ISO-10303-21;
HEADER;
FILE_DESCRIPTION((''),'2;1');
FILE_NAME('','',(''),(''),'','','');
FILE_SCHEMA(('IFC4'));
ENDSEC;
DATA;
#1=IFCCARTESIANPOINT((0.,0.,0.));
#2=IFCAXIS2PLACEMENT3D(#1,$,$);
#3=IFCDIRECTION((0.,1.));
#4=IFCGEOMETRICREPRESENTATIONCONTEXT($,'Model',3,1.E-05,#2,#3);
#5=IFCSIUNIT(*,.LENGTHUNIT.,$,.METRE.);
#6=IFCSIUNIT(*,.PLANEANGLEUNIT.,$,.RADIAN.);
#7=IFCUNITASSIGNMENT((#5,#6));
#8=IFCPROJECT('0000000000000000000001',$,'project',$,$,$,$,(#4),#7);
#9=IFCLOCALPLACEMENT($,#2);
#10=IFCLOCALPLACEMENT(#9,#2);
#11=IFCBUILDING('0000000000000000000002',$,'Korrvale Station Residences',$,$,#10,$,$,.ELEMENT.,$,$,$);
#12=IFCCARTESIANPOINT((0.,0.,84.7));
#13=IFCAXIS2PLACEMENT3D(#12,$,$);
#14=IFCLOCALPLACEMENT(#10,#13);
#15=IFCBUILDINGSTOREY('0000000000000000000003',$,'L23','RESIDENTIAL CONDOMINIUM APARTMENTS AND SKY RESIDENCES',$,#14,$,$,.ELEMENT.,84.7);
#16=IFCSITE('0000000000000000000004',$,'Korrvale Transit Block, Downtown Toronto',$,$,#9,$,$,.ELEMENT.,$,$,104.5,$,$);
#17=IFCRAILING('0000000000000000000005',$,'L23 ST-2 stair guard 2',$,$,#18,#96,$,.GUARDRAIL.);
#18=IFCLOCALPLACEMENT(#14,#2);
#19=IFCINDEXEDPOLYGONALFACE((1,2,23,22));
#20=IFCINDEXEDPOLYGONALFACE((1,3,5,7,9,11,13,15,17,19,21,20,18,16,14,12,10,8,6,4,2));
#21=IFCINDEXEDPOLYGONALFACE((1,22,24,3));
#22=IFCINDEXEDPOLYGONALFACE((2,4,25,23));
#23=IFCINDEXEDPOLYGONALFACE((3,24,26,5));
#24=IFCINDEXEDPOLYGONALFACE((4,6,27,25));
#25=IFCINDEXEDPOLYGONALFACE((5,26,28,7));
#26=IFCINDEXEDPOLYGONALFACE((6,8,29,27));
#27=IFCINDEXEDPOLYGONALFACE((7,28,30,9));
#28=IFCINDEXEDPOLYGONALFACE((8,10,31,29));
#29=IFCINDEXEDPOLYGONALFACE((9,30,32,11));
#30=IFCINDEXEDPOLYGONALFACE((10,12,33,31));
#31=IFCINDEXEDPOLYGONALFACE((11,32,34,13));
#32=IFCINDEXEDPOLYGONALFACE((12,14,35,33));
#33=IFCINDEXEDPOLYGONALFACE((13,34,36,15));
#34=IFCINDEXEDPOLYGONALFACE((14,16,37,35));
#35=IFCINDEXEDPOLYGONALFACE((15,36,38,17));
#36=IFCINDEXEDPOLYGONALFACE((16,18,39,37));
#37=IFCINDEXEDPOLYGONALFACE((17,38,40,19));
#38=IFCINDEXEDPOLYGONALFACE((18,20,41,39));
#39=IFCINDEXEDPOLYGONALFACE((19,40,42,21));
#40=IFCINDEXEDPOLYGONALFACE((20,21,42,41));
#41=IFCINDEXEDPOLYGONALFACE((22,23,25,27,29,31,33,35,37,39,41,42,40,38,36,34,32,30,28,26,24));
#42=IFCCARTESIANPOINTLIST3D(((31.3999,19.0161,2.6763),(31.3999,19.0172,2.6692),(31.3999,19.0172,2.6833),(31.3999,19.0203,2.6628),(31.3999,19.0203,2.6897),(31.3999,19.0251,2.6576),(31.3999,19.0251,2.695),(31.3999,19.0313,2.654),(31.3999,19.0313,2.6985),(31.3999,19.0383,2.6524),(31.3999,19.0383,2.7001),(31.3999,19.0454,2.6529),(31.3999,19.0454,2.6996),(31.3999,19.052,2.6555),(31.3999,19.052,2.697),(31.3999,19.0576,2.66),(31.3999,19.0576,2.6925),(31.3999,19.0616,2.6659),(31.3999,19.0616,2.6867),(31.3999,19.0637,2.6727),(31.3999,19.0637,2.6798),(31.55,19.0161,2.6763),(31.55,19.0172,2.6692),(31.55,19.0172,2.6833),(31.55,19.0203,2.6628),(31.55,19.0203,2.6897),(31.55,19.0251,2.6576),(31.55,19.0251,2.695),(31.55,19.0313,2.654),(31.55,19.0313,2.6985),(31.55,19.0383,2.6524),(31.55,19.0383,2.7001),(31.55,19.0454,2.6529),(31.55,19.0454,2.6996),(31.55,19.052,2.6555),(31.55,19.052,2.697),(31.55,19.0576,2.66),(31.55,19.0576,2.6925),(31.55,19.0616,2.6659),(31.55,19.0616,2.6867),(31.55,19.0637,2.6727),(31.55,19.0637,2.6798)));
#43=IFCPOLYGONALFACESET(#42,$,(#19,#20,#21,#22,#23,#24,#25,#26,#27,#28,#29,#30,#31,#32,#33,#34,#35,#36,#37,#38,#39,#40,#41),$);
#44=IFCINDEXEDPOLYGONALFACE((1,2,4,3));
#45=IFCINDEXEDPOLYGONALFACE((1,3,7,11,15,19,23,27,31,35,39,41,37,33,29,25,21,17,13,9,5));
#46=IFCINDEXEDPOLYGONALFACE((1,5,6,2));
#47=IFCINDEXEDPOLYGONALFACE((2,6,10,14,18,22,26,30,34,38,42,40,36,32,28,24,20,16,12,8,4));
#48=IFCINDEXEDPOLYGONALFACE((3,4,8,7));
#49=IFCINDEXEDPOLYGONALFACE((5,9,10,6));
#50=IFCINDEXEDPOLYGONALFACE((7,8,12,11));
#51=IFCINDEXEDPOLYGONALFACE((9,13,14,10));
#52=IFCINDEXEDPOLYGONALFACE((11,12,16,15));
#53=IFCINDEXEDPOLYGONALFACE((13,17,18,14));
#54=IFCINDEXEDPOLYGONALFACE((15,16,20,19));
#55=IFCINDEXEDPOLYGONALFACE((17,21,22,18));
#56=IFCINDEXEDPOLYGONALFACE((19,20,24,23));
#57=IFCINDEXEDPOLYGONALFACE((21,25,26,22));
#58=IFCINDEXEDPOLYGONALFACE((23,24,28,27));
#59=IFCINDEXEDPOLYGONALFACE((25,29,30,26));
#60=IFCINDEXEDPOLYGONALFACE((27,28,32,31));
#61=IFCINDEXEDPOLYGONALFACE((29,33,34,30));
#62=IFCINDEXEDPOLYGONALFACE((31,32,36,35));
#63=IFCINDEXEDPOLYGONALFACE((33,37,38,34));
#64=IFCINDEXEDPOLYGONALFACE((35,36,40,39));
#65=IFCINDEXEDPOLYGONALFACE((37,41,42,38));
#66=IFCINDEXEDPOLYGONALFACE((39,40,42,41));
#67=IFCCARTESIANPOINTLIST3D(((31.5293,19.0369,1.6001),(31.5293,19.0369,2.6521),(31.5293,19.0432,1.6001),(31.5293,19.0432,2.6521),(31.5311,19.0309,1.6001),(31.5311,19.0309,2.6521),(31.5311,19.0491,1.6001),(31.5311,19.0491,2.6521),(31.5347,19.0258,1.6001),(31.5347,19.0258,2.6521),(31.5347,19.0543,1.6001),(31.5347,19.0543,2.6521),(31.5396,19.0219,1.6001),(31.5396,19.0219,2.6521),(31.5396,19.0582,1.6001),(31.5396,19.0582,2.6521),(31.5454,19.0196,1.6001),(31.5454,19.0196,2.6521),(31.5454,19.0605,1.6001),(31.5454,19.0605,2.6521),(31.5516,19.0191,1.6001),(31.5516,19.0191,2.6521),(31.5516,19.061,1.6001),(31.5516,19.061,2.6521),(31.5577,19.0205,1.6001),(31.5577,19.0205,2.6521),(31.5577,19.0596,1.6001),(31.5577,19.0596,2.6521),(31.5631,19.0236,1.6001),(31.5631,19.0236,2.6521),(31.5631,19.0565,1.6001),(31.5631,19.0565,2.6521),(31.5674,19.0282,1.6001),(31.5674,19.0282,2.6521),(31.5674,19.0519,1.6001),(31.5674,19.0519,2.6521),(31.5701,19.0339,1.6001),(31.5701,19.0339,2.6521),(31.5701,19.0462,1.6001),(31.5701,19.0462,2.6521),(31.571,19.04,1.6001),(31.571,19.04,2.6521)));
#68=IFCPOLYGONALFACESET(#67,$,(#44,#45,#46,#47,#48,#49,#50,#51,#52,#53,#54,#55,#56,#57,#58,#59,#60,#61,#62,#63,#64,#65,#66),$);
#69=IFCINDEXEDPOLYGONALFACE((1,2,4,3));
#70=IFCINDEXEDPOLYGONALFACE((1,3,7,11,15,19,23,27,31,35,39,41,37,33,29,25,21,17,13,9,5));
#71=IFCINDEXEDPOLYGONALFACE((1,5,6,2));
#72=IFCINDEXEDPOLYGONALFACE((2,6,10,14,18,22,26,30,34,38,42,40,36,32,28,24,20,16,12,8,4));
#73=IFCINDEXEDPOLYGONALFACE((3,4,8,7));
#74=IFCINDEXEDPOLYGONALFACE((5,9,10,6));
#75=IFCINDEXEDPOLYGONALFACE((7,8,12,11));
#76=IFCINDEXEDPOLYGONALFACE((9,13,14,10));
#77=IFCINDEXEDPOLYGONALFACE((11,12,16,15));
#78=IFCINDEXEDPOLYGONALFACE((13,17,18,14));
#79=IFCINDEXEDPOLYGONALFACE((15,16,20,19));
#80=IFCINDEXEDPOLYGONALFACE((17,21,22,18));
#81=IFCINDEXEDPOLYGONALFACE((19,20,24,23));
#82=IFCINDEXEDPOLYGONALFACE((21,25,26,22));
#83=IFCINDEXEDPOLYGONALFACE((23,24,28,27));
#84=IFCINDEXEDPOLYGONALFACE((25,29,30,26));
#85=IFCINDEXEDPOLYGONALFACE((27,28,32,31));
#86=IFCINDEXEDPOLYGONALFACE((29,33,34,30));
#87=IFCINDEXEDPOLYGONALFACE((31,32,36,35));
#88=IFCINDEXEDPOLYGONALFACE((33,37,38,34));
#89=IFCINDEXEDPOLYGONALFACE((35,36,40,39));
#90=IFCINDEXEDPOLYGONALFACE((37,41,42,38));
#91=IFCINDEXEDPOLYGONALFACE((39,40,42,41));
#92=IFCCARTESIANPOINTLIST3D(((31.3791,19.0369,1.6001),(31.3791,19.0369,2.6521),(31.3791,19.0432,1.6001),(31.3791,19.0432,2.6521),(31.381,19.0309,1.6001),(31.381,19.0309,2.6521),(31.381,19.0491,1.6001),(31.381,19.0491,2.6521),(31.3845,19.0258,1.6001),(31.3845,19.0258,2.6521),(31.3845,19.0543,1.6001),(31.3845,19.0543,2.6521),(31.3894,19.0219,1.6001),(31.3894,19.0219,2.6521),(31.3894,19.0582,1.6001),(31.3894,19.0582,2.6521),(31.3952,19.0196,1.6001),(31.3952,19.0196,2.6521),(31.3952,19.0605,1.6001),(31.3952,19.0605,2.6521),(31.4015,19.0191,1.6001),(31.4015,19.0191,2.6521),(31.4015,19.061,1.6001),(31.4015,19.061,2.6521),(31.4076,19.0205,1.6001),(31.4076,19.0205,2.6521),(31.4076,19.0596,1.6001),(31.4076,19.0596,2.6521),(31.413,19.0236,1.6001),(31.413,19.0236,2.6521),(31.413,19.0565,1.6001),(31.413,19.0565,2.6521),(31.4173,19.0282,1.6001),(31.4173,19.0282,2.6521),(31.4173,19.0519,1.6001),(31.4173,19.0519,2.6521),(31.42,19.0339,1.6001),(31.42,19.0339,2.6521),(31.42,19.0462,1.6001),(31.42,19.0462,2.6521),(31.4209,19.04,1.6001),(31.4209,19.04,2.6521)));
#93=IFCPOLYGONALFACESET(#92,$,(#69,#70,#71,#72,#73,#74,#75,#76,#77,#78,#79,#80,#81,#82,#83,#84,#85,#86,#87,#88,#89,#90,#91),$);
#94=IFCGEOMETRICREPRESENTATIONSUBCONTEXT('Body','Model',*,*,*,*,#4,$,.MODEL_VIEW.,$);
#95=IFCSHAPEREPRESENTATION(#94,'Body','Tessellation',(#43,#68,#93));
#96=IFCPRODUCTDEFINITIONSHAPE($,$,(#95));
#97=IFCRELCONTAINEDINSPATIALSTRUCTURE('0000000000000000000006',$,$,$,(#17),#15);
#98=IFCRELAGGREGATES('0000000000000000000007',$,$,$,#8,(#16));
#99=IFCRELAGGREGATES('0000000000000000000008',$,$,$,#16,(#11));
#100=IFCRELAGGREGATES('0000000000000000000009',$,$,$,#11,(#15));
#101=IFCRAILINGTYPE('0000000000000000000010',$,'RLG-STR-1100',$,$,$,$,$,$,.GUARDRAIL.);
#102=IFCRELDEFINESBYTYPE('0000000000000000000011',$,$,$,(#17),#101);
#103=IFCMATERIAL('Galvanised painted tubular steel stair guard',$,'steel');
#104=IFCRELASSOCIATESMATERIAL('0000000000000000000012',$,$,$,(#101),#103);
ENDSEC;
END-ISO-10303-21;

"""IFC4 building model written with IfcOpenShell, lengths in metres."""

from ifc_helpers import new_model, si_unit, direction, frame, origin, origin_2d, place, context, subcontext, project, spatial, circle, extrude, material, type_object, element, save


model = new_model("IFC4")

# Units and contexts
model_context = context("Model", 3, precision=1e-05, world=origin(), true_north=direction((0.0, 1.0)))
body_context = subcontext(model_context, "Body", "Model", "MODEL_VIEW")
ifc_project = project(units=[si_unit("LENGTHUNIT", "METRE"), si_unit("PLANEANGLEUNIT", "RADIAN")], contexts=[model_context])

# Site, building, storey
site_placement = place(None, origin())
site = spatial("IfcSite", under=ifc_project, at=site_placement, Name="Korrvale Transit Block, Downtown Toronto", CompositionType="ELEMENT", RefElevation=104.5)
building_placement = place(site_placement, origin())
building = spatial("IfcBuilding", under=site, at=building_placement, Name="Korrvale Station Residences", CompositionType="ELEMENT")
storey_placement = place(building_placement, frame((0.0, 0.0, 84.7)))
storey = spatial("IfcBuildingStorey", under=building, at=storey_placement, Name="L23", Description="RESIDENTIAL CONDOMINIUM APARTMENTS AND SKY RESIDENCES", CompositionType="ELEMENT", Elevation=84.7)

# Railing
ifc_material_1 = material(Name="Galvanised painted tubular steel stair guard", Category="steel")
railing_type_1 = type_object("IfcRailingType", Name="RLG-STR-1100", PredefinedType="GUARDRAIL", material=ifc_material_1)
railing_1_placement = place(storey_placement, frame((31.55, 19.04, 1.6001)))
element("IfcRailing", 1, at=railing_1_placement, inside=storey, type_object=railing_type_1, Name="L23 ST-2 stair guard 2", PredefinedType="GUARDRAIL", context=body_context, shape_type="SweptSolid", body=[
    extrude(circle(Radius=0.0239, at=origin_2d()), frame((0.0, 0.0, 1.0762), z_axis=(-1.0, 0.0, 0.0), x_axis=(0.0, -1.0, 0.0)), (0.0, 0.0, 1.0), 0.1501),
    extrude(circle(Radius=0.021, at=origin_2d()), origin(), (0.0, 0.0, 1.0), 1.052),
    extrude(circle(Radius=0.021, at=origin_2d()), frame((-0.1501, 0.0, 0.0)), (0.0, 0.0, 1.0), 1.052),
])

save(model, "model.ifc")
